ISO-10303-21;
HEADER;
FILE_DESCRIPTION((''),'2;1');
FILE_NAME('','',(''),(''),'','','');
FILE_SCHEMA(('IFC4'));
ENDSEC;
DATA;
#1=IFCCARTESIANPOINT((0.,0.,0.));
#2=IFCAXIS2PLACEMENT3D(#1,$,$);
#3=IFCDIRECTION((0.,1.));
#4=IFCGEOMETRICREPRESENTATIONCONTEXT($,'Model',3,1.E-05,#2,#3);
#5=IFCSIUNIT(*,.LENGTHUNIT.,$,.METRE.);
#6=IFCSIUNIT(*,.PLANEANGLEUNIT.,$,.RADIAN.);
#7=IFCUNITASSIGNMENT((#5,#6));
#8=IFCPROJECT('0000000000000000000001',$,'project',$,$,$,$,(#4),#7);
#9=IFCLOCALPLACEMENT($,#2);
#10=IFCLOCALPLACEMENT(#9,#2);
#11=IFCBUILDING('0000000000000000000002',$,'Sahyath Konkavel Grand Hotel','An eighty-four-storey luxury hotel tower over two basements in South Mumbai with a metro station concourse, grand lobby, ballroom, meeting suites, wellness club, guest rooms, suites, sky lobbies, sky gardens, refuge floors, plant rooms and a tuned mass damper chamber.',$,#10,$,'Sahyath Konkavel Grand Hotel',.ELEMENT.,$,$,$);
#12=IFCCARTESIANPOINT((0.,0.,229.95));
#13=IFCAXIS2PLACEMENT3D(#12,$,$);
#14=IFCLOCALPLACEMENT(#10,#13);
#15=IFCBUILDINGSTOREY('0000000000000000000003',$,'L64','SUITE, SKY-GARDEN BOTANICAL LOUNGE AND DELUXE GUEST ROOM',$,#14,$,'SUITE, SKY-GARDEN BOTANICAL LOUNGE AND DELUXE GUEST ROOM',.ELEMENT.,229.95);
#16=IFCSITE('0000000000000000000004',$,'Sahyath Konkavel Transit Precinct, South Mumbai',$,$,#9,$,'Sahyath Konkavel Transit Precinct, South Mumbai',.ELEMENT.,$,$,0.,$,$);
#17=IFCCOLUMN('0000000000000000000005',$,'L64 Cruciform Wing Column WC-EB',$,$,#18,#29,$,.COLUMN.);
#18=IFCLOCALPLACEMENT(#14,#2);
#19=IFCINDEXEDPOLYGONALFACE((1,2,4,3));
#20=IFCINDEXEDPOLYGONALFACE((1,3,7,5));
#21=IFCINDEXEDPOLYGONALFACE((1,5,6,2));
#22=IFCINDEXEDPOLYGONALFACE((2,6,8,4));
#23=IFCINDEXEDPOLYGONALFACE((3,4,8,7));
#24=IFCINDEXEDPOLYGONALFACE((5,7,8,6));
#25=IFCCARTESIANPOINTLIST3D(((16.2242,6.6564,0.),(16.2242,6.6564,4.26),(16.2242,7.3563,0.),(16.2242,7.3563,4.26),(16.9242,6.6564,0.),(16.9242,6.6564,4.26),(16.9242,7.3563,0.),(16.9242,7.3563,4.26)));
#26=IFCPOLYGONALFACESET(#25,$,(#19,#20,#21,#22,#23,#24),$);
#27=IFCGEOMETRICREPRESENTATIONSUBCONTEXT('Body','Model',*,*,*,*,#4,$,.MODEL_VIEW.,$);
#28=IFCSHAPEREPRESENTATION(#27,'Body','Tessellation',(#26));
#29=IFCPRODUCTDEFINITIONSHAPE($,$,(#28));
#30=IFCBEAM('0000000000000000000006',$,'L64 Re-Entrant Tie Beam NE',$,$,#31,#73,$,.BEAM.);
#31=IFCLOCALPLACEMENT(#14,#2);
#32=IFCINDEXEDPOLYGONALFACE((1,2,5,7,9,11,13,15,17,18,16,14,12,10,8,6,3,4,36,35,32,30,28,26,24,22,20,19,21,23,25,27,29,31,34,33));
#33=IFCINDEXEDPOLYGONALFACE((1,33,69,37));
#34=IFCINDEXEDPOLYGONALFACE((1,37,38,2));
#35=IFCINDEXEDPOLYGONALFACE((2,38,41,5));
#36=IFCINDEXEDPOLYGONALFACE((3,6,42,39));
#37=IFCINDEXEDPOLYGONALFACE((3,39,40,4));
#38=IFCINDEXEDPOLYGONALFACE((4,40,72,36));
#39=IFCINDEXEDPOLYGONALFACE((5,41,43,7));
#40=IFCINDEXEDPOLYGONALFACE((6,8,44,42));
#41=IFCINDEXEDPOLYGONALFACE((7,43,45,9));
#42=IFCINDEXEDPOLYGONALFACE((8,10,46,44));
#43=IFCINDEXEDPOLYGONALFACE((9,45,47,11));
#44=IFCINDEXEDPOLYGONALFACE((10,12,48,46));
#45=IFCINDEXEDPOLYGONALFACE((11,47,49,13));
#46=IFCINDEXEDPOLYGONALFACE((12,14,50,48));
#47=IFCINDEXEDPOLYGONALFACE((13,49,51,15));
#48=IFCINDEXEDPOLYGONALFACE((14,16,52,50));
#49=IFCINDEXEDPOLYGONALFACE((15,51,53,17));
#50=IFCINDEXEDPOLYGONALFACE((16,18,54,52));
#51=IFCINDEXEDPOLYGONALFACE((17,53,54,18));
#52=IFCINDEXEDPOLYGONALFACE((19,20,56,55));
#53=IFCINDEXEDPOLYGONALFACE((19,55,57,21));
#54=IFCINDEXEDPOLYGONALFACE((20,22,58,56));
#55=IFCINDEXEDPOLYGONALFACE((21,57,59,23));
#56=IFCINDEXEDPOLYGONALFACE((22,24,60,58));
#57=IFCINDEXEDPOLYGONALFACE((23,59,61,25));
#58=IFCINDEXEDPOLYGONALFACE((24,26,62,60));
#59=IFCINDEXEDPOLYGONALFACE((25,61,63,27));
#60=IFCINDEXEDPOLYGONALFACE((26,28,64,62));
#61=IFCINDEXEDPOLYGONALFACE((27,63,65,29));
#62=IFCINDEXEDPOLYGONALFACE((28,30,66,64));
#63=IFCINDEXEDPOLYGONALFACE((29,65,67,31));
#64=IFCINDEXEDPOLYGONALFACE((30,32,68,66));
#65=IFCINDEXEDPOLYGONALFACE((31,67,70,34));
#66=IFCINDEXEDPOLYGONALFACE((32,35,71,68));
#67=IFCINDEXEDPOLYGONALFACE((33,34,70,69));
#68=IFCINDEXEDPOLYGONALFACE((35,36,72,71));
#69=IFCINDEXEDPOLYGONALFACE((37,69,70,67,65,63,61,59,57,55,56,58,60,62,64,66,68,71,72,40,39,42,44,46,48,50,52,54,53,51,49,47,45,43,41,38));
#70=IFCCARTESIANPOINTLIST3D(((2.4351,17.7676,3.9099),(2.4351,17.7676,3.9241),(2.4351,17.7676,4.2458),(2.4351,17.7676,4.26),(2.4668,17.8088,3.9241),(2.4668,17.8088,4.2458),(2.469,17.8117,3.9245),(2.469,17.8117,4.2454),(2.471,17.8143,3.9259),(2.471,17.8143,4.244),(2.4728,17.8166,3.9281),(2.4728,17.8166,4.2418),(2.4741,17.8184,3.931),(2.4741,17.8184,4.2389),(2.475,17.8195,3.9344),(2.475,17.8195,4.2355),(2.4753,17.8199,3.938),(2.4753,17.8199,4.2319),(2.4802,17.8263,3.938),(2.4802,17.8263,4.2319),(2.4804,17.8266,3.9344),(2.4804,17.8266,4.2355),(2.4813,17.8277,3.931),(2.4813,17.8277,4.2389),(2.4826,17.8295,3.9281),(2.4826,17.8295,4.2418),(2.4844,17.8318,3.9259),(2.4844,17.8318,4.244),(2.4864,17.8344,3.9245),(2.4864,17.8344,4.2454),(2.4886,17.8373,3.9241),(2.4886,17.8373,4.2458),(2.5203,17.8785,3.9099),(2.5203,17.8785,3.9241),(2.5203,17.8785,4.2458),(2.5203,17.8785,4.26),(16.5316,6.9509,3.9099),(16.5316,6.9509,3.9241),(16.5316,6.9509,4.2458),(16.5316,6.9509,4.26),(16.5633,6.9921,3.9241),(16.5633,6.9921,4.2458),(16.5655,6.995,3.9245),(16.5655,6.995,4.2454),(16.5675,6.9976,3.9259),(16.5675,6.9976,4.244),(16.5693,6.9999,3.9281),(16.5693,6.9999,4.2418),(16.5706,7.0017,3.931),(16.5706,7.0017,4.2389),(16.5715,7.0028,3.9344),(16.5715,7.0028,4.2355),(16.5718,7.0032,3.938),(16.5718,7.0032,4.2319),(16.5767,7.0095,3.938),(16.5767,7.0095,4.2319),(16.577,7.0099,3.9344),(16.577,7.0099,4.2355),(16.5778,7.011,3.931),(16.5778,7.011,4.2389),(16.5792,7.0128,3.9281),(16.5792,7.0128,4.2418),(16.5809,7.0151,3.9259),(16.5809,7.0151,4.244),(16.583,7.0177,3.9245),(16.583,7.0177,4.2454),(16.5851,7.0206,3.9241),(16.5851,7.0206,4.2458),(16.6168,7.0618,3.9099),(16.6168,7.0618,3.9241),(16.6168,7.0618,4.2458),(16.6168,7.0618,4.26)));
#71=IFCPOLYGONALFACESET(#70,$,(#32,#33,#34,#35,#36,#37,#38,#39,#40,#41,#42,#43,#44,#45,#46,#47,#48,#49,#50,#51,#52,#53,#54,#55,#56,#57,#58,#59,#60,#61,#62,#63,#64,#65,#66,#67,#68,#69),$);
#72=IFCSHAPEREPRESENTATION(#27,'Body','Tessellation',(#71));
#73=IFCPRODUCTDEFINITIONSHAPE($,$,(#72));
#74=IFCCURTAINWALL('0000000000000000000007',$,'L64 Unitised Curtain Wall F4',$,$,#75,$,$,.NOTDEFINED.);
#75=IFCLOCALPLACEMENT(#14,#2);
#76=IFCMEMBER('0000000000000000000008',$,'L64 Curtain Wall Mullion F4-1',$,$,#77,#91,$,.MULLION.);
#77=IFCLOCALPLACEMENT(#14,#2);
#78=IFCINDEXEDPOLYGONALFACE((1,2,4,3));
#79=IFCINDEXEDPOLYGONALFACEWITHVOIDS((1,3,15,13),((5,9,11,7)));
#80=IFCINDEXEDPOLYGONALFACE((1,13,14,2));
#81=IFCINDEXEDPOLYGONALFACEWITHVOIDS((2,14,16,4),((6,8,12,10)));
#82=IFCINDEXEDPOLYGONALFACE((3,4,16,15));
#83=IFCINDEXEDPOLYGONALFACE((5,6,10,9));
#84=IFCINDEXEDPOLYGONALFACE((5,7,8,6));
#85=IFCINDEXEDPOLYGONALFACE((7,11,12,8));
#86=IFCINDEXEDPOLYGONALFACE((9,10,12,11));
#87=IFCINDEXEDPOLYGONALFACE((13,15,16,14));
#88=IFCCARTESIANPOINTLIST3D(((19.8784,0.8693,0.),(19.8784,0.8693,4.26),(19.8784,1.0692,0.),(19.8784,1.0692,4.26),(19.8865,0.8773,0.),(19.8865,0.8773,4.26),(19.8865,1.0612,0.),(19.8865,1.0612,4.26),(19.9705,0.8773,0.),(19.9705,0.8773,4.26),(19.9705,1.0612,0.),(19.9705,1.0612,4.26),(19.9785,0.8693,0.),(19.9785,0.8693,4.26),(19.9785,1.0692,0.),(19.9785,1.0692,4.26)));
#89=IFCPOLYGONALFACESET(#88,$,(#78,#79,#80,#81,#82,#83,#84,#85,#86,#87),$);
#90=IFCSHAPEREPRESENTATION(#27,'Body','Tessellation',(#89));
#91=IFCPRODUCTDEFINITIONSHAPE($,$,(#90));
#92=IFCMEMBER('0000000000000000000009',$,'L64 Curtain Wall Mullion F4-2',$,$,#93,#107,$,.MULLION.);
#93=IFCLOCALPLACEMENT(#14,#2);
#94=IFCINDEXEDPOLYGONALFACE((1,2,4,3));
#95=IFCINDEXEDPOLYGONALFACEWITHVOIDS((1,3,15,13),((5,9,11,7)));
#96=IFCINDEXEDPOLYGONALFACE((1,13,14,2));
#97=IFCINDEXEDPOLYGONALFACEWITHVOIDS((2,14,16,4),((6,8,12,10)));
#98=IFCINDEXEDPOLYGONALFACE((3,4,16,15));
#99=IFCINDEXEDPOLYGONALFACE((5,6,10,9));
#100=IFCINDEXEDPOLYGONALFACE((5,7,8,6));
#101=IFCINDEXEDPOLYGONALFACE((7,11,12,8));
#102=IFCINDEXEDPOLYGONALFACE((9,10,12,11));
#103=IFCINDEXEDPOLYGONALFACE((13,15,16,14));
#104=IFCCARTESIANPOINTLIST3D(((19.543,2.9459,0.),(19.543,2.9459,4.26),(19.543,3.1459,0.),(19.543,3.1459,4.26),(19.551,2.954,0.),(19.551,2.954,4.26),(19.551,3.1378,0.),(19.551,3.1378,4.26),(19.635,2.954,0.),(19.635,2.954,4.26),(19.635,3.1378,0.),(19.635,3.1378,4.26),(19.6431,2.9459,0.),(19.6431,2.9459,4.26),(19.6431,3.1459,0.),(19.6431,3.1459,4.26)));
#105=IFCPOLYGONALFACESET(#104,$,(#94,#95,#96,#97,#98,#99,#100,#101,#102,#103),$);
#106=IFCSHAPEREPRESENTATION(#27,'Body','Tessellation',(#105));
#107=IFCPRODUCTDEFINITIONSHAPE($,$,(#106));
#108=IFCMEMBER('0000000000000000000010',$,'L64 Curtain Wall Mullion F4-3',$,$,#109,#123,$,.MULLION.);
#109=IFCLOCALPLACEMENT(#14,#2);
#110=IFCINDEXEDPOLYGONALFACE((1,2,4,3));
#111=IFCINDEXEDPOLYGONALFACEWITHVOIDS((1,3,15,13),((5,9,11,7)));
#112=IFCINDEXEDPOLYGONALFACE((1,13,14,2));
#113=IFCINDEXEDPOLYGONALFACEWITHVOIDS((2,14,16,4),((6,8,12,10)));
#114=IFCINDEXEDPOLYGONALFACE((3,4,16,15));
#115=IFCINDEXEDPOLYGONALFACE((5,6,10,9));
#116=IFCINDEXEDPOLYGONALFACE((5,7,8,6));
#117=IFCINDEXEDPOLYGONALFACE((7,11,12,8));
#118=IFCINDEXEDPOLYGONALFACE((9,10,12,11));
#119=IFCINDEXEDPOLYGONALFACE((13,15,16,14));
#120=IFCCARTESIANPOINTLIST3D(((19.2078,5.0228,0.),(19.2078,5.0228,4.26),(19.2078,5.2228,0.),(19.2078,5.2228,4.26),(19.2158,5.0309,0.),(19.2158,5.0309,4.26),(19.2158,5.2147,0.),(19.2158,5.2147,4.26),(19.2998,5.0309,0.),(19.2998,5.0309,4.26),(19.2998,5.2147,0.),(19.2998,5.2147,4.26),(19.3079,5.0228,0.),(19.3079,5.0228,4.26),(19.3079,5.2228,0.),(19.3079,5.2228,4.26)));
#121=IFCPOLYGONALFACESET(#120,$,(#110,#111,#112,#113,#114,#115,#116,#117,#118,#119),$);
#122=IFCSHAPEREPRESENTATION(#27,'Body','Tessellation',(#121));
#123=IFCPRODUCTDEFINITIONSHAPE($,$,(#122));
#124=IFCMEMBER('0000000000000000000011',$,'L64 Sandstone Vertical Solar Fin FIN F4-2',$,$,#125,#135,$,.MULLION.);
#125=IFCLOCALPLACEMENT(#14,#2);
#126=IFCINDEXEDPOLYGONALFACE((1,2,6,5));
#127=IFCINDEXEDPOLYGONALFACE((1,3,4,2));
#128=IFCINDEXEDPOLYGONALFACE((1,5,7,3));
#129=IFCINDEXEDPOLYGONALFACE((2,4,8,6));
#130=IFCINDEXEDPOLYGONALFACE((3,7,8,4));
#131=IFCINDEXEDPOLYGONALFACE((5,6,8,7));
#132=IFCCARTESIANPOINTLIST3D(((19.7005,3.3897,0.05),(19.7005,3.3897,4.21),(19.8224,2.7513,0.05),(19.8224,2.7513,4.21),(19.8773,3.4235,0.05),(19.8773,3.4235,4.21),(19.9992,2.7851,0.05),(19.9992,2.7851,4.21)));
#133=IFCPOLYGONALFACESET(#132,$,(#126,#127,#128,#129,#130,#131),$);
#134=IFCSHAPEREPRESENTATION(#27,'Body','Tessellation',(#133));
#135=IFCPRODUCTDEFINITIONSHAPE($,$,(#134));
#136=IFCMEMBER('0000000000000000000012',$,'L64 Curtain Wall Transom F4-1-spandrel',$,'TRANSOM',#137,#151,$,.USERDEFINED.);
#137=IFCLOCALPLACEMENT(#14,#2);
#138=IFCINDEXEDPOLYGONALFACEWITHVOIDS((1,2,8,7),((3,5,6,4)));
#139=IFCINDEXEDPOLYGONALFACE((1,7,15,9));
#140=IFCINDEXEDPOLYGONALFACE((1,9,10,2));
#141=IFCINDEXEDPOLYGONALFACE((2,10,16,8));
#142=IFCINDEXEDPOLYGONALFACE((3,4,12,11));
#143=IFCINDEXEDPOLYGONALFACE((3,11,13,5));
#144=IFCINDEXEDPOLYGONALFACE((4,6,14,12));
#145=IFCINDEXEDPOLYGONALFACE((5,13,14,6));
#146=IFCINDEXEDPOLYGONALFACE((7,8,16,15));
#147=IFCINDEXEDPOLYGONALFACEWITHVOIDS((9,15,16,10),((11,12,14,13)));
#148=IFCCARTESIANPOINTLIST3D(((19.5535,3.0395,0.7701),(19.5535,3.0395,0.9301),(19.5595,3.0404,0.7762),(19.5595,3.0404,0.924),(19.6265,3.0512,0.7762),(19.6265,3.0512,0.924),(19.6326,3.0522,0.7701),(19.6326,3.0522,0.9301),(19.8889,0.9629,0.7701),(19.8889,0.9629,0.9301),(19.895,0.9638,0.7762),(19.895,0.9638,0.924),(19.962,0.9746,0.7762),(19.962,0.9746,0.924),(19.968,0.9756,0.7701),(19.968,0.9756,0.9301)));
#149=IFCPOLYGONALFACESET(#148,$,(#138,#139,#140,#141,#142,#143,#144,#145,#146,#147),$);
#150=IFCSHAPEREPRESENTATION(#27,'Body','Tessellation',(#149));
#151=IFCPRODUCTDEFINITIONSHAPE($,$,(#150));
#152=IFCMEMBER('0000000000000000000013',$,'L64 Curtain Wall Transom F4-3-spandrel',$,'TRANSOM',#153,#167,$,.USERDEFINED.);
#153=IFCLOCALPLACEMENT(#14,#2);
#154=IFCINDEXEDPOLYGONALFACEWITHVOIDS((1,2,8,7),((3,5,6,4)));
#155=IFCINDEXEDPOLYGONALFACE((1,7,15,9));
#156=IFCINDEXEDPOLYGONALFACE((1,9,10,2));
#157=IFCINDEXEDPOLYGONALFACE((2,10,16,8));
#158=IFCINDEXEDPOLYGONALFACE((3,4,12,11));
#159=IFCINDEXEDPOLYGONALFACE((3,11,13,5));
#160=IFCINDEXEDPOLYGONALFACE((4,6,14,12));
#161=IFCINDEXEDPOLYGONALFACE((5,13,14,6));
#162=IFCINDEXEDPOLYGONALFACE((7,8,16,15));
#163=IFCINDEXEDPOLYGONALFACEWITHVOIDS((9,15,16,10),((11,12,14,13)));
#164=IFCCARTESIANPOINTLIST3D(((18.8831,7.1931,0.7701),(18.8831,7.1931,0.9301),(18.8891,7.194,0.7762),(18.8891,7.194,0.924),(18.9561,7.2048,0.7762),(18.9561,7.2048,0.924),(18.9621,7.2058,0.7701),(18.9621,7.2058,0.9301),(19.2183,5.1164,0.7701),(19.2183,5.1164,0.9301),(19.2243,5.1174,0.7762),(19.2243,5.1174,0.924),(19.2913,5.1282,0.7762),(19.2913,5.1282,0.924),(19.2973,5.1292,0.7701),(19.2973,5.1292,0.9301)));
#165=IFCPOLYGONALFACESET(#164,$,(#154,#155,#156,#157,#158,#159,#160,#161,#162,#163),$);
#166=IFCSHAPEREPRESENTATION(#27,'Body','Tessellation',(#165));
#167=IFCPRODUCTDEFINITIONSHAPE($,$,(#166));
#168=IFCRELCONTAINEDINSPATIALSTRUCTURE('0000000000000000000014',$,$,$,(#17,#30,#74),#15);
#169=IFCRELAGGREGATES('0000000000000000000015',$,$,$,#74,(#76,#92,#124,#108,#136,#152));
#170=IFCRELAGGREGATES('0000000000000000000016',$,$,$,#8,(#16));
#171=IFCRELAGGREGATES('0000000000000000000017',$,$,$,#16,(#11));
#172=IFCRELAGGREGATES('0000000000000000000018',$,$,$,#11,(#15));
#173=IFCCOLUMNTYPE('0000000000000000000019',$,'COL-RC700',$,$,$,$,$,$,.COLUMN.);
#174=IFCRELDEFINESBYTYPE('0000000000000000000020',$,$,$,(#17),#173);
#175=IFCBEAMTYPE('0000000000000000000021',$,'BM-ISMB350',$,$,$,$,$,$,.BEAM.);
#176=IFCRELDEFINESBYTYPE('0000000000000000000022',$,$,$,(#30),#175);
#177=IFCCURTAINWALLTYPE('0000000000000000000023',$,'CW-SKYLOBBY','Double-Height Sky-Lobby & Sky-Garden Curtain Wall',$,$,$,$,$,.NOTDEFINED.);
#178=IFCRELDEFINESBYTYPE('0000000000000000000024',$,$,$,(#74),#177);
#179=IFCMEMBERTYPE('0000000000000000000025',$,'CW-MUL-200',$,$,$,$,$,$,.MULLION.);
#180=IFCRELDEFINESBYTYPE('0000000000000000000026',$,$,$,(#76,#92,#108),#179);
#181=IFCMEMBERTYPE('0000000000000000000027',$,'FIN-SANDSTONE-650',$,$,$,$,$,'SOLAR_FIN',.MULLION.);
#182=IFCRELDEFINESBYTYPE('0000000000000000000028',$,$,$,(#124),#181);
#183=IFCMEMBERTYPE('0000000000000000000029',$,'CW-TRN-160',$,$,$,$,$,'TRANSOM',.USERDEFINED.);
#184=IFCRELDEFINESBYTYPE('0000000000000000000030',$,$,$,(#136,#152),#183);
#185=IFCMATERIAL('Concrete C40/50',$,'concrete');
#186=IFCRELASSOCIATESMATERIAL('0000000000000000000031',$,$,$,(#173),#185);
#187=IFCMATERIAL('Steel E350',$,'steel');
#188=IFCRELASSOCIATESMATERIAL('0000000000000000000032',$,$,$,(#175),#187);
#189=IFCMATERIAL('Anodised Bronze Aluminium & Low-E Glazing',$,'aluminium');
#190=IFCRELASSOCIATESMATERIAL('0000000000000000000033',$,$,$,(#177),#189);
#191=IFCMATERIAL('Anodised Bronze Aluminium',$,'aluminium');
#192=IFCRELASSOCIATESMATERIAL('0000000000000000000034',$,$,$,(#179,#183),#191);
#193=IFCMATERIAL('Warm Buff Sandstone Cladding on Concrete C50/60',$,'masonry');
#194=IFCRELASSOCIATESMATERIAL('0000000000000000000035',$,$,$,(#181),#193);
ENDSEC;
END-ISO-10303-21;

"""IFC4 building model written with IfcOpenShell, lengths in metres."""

from ifc_helpers import new_model, si_unit, direction, frame, origin, origin_2d, place, context, subcontext, project, spatial, rectangle, hollow_rectangle, i_section, extrude, source, transform, mapped, material, material_profile, profile_set, type_object, element, aggregate, save


model = new_model("IFC4")

# Units and contexts
model_context = context("Model", 3, precision=1e-05, world=origin(), true_north=direction((0.0, 1.0)))
body_context = subcontext(model_context, "Body", "Model", "MODEL_VIEW")
ifc_project = project(units=[si_unit("LENGTHUNIT", "METRE"), si_unit("PLANEANGLEUNIT", "RADIAN")], contexts=[model_context])

# Site, building, storey
site_placement = place(None, origin())
site = spatial("IfcSite", under=ifc_project, at=site_placement, Name="Sahyath Konkavel Transit Precinct, South Mumbai", LongName="Sahyath Konkavel Transit Precinct, South Mumbai", CompositionType="ELEMENT", RefElevation=0.0)
building_placement = place(site_placement, origin())
building = spatial("IfcBuilding", under=site, at=building_placement, Name="Sahyath Konkavel Grand Hotel", Description="An eighty-four-storey luxury hotel tower over two basements in South Mumbai with a metro station concourse, grand lobby, ballroom, meeting suites, wellness club, guest rooms, suites, sky lobbies, sky gardens, refuge floors, plant rooms and a tuned mass damper chamber.", LongName="Sahyath Konkavel Grand Hotel", CompositionType="ELEMENT")
storey_placement = place(building_placement, frame((0.0, 0.0, 229.95)))
storey = spatial("IfcBuildingStorey", under=building, at=storey_placement, Name="L64", Description="SUITE, SKY-GARDEN BOTANICAL LOUNGE AND DELUXE GUEST ROOM", LongName="SUITE, SKY-GARDEN BOTANICAL LOUNGE AND DELUXE GUEST ROOM", CompositionType="ELEMENT", Elevation=229.95)

# Column
ifc_material_1 = material(Name="Concrete C40/50", Category="concrete")
ifc_material_profile_1 = material_profile(ifc_material_1, rectangle(XDim=0.7, YDim=0.7, at=origin_2d()), Name="RC 700x700")
ifc_profile_set_1 = profile_set([ifc_material_profile_1], Name="Concrete C40/50")
column_type = type_object("IfcColumnType", Name="COL-RC700", PredefinedType="COLUMN", material=ifc_profile_set_1)
shared_shape_1 = source(origin(), body_context, "Body", "SweptSolid", [
    extrude(rectangle(XDim=0.7, YDim=0.7, at=origin_2d()), origin(), (0.0, 0.0, 1.0), 4.26),
])
column_placement = place(storey_placement, frame((16.5742, 7.0063, 0.0), z_axis=(0.0, 0.0, 1.0), x_axis=(1.0, 0.0, 0.0)))
element("IfcColumn", 1, at=column_placement, inside=storey, type_object=column_type, Name="L64 Cruciform Wing Column WC-EB", PredefinedType="COLUMN", context=body_context, shape_type="MappedRepresentation", body=[
    mapped(shared_shape_1, transform((0.0, 0.0, 0.0), scale=1.0)),
])

# Beam
ifc_material_2 = material(Name="Steel E350", Category="steel")
ifc_material_profile_2 = material_profile(ifc_material_2, i_section(OverallWidth=0.1399, OverallDepth=0.3501, WebThickness=0.0081, FlangeThickness=0.0142, FilletRadius=0.0139, at=origin_2d()), Name="ISMB 350")
ifc_profile_set_2 = profile_set([ifc_material_profile_2], Name="Steel E350")
beam_type_1 = type_object("IfcBeamType", Name="BM-ISMB350", PredefinedType="BEAM", material=ifc_profile_set_2)
shared_shape_2 = source(origin(), body_context, "Body", "SweptSolid", [
    extrude(i_section(OverallWidth=0.1399, OverallDepth=0.3501, WebThickness=0.0081, FlangeThickness=0.0142, FilletRadius=0.0139, at=origin_2d()), origin(), (0.0, 0.0, 1.0), 17.7683),
])
beam_1_placement = place(storey_placement, frame((16.5742, 7.0063, 4.085), z_axis=(-0.793351, 0.608764, 0.0), x_axis=(-0.608764, -0.793351, 0.0)))
element("IfcBeam", 2, at=beam_1_placement, inside=storey, type_object=beam_type_1, Name="L64 Re-Entrant Tie Beam NE", PredefinedType="BEAM", context=body_context, shape_type="MappedRepresentation", body=[
    mapped(shared_shape_2, transform((0.0, 0.0, 0.0), scale=1.0)),
])

# Curtain wall, members
ifc_material_3 = material(Name="Anodised Bronze Aluminium & Low-E Glazing", Category="aluminium")
curtain_wall_type = type_object("IfcCurtainWallType", Name="CW-SKYLOBBY", Description="Double-Height Sky-Lobby & Sky-Garden Curtain Wall", PredefinedType="NOTDEFINED", material=ifc_material_3)
curtain_wall_1_placement = place(storey_placement, origin())
curtain_wall_1 = element("IfcCurtainWall", 3, at=curtain_wall_1_placement, inside=storey, type_object=curtain_wall_type, Name="L64 Unitised Curtain Wall F4", PredefinedType="NOTDEFINED")
ifc_material_4 = material(Name="Anodised Bronze Aluminium", Category="aluminium")
ifc_material_profile_3 = material_profile(ifc_material_4, hollow_rectangle(XDim=0.1001, YDim=0.2, WallThickness=0.0081, at=origin_2d()), Name="RHS 200x100x8")
ifc_profile_set_3 = profile_set([ifc_material_profile_3], Name="Anodised Bronze Aluminium")
member_type_1 = type_object("IfcMemberType", Name="CW-MUL-200", PredefinedType="MULLION", material=ifc_profile_set_3)
shared_shape_3 = source(origin(), body_context, "Body", "SweptSolid", [
    extrude(hollow_rectangle(XDim=0.1001, YDim=0.2, WallThickness=0.0081, at=origin_2d()), origin(), (0.0, 0.0, 1.0), 4.26),
])
member_1_placement = place(storey_placement, frame((19.9285, 0.9692, 0.0), z_axis=(0.0, 0.0, 1.0), x_axis=(1.0, 0.0, 0.0)))
member_1 = element("IfcMember", 4, at=member_1_placement, type_object=member_type_1, Name="L64 Curtain Wall Mullion F4-1", PredefinedType="MULLION", context=body_context, shape_type="MappedRepresentation", body=[
    mapped(shared_shape_3, transform((0.0, 0.0, 0.0), scale=1.0)),
])
member_2_placement = place(storey_placement, frame((19.593, 3.0459, 0.0), z_axis=(0.0, 0.0, 1.0), x_axis=(1.0, 0.0, 0.0)))
member_2 = element("IfcMember", 5, at=member_2_placement, type_object=member_type_1, Name="L64 Curtain Wall Mullion F4-2", PredefinedType="MULLION", context=body_context, shape_type="MappedRepresentation", body=[
    mapped(shared_shape_3, transform((0.0, 0.0, 0.0), scale=1.0)),
])
member_3_placement = place(storey_placement, frame((19.2578, 5.1228, 0.0), z_axis=(0.0, 0.0, 1.0), x_axis=(1.0, 0.0, 0.0)))
member_3 = element("IfcMember", 6, at=member_3_placement, type_object=member_type_1, Name="L64 Curtain Wall Mullion F4-3", PredefinedType="MULLION", context=body_context, shape_type="MappedRepresentation", body=[
    mapped(shared_shape_3, transform((0.0, 0.0, 0.0), scale=1.0)),
])
ifc_material_5 = material(Name="Warm Buff Sandstone Cladding on Concrete C50/60", Category="masonry")
ifc_material_profile_4 = material_profile(ifc_material_5, rectangle(XDim=0.1799, YDim=0.6499, at=origin_2d()), Name="FIN 180x650")
ifc_profile_set_4 = profile_set([ifc_material_profile_4], Name="Warm Buff Sandstone Cladding on Concrete C50/60")
member_type_2 = type_object("IfcMemberType", Name="FIN-SANDSTONE-650", ElementType="SOLAR_FIN", PredefinedType="MULLION", material=ifc_profile_set_4)
shared_shape_4 = source(origin(), body_context, "Body", "SweptSolid", [
    extrude(rectangle(XDim=0.1799, YDim=0.6499, at=origin_2d()), origin(), (0.0, 0.0, 1.0), 4.1599),
])
member_4_placement = place(storey_placement, frame((19.8499, 3.0874, 0.05), z_axis=(0.0, 0.0, 1.0), x_axis=(0.982255, 0.187553, 0.0)))
member_4 = element("IfcMember", 7, at=member_4_placement, type_object=member_type_2, Name="L64 Sandstone Vertical Solar Fin FIN F4-2", PredefinedType="MULLION", context=body_context, shape_type="MappedRepresentation", body=[
    mapped(shared_shape_4, transform((0.0, 0.0, 0.0), scale=1.0)),
])
ifc_material_profile_5 = material_profile(ifc_material_4, hollow_rectangle(XDim=0.0801, YDim=0.1599, WallThickness=0.0061, at=origin_2d()), Name="RHS 160x80x6")
ifc_profile_set_5 = profile_set([ifc_material_profile_5], Name="Anodised Bronze Aluminium")
member_type_3 = type_object("IfcMemberType", Name="CW-TRN-160", ElementType="TRANSOM", PredefinedType="USERDEFINED", material=ifc_profile_set_5)
shared_shape_5 = source(origin(), body_context, "Body", "SweptSolid", [
    extrude(hollow_rectangle(XDim=0.0801, YDim=0.1599, WallThickness=0.0061, at=origin_2d()), origin(), (0.0, 0.0, 1.0), 2.1035),
])
member_5_placement = place(storey_placement, frame((19.9285, 0.9692, 0.8501), z_axis=(-0.159466, 0.987203, 0.0), x_axis=(-0.987203, -0.159466, 0.0)))
member_5 = element("IfcMember", 8, at=member_5_placement, type_object=member_type_3, Name="L64 Curtain Wall Transom F4-1-spandrel", ObjectType="TRANSOM", PredefinedType="USERDEFINED", context=body_context, shape_type="MappedRepresentation", body=[
    mapped(shared_shape_5, transform((0.0, 0.0, 0.0), scale=1.0)),
])
member_6_placement = place(storey_placement, frame((19.2578, 5.1228, 0.8501), z_axis=(-0.159353, 0.987222, 0.0), x_axis=(-0.987222, -0.159353, 0.0)))
member_6 = element("IfcMember", 9, at=member_6_placement, type_object=member_type_3, Name="L64 Curtain Wall Transom F4-3-spandrel", ObjectType="TRANSOM", PredefinedType="USERDEFINED", context=body_context, shape_type="MappedRepresentation", body=[
    mapped(shared_shape_5, transform((0.0, 0.0, 0.0), scale=1.0)),
])

aggregate(curtain_wall_1, [member_1, member_2, member_4, member_3, member_5, member_6])

save(model, "model.ifc")
